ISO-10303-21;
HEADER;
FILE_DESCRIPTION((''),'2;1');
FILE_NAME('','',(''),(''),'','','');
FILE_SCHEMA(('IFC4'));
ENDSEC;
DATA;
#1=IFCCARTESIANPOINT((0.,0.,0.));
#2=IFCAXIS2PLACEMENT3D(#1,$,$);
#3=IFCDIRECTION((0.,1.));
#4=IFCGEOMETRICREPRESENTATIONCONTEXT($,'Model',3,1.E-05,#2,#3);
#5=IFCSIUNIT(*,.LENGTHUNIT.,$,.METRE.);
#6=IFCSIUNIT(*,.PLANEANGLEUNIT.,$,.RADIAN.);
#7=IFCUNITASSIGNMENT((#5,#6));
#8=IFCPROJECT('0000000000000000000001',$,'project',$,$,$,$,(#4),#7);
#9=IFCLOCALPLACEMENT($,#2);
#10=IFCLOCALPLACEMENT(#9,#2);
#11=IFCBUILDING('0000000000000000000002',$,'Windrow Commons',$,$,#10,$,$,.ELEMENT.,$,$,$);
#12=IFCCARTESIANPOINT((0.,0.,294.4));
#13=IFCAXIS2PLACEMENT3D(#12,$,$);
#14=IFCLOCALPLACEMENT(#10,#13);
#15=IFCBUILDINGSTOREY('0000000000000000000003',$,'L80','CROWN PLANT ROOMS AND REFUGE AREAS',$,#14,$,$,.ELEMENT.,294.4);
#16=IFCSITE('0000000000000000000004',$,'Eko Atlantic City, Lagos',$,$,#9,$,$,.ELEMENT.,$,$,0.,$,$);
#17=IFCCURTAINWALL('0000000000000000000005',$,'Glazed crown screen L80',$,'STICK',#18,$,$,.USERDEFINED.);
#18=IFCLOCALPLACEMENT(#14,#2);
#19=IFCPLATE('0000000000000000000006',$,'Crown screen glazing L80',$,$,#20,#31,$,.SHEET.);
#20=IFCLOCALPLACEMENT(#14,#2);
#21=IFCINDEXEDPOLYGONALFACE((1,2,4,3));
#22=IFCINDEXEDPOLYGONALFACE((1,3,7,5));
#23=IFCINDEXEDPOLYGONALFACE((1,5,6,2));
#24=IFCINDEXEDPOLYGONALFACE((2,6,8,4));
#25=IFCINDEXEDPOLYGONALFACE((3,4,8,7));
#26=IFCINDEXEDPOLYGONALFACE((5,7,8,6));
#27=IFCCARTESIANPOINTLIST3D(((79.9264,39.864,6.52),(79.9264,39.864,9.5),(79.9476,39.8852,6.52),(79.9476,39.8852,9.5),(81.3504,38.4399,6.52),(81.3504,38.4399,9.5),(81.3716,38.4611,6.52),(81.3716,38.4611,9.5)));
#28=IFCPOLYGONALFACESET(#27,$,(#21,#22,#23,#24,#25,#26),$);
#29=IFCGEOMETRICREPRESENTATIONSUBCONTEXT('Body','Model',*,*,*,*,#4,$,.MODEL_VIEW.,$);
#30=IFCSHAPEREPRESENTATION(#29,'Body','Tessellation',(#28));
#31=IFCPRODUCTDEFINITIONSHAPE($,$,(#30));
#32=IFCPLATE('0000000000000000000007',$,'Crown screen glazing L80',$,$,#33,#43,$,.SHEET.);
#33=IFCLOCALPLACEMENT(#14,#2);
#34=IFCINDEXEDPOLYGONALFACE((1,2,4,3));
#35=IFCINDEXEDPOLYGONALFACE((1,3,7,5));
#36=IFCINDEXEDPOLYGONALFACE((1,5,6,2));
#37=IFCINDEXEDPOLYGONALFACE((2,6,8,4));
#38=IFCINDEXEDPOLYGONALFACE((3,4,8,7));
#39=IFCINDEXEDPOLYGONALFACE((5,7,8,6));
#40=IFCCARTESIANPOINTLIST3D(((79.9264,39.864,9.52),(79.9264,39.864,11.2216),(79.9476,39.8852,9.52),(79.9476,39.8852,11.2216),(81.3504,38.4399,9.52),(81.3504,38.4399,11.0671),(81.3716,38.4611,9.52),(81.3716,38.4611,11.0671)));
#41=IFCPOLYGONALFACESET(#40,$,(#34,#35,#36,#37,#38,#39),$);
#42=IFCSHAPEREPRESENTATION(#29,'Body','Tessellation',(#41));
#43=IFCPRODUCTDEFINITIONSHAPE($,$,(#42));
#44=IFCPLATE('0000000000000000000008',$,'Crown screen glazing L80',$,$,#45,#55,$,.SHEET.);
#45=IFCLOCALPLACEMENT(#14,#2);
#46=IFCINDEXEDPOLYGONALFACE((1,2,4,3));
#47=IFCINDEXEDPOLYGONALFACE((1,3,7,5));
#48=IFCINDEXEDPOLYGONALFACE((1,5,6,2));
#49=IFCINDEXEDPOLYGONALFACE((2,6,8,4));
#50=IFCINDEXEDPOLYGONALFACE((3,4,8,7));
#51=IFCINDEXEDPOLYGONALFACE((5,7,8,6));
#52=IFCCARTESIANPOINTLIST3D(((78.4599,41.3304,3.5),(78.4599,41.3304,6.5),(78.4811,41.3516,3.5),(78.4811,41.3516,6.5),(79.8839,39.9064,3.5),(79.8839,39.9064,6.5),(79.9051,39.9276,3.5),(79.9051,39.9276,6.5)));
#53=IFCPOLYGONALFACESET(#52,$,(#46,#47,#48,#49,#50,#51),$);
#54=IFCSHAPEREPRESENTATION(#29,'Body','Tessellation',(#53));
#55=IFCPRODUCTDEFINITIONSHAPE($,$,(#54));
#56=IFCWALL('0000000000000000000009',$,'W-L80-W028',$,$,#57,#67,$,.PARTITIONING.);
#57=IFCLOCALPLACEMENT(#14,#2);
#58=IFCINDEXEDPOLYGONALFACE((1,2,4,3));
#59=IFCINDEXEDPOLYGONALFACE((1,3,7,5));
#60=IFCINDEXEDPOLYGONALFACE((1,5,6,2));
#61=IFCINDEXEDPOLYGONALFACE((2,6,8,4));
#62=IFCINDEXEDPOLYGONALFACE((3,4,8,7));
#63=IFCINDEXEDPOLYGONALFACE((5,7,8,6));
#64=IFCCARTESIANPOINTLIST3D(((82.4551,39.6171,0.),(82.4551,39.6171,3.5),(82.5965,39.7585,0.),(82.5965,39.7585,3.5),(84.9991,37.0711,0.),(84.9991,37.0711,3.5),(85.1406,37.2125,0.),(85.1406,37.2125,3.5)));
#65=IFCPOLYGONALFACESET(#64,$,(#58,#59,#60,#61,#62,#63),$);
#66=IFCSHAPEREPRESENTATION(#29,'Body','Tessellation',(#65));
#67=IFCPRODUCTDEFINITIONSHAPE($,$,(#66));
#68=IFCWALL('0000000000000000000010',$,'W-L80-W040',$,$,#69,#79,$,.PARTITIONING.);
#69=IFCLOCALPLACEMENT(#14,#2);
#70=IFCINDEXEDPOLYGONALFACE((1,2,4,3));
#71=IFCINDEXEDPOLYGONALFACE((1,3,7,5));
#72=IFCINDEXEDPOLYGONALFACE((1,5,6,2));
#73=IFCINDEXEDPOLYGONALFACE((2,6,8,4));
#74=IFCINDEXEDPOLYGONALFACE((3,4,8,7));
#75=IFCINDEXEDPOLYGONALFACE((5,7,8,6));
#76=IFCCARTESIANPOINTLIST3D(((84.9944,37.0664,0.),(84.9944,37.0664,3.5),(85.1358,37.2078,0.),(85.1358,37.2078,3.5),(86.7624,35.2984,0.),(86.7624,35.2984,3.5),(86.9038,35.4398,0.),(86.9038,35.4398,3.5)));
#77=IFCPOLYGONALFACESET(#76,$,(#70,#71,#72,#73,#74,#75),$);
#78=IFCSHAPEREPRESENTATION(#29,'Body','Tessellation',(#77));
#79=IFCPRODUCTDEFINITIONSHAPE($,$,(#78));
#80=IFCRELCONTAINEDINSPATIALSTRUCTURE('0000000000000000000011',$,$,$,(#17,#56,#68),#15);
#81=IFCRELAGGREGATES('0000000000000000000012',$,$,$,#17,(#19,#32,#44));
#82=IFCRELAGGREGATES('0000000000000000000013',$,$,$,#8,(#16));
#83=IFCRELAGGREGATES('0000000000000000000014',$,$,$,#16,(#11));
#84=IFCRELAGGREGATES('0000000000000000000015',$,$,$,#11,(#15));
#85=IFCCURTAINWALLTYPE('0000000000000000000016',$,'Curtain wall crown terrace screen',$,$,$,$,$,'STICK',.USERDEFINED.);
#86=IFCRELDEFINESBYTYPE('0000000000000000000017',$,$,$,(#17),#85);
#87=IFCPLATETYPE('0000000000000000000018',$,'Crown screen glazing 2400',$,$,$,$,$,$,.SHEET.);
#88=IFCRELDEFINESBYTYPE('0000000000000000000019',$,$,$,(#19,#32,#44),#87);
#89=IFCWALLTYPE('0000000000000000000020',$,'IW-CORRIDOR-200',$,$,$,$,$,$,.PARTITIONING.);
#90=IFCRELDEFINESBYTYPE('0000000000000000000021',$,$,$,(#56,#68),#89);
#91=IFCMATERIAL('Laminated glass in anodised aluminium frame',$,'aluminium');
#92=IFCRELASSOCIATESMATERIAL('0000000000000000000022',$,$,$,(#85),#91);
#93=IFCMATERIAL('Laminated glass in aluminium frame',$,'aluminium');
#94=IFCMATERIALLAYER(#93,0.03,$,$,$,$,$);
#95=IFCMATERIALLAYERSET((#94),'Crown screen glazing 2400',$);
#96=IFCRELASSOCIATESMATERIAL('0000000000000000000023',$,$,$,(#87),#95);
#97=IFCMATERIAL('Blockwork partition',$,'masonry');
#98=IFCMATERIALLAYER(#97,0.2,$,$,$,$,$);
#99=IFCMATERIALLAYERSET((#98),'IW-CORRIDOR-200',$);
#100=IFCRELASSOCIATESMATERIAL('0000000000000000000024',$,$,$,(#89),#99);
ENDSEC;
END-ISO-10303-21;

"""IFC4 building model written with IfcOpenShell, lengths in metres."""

from ifc_helpers import new_model, si_unit, direction, frame, frame_2d, origin, place, context, subcontext, project, spatial, polyline, rectangle, outline, extrude, material, layer, layer_set, type_object, element, aggregate, save


model = new_model("IFC4")

# Units and contexts
model_context = context("Model", 3, precision=1e-05, world=origin(), true_north=direction((0.0, 1.0)))
body_context = subcontext(model_context, "Body", "Model", "MODEL_VIEW")
ifc_project = project(units=[si_unit("LENGTHUNIT", "METRE"), si_unit("PLANEANGLEUNIT", "RADIAN")], contexts=[model_context])

# Site, building, storey
site_placement = place(None, origin())
site = spatial("IfcSite", under=ifc_project, at=site_placement, Name="Eko Atlantic City, Lagos", CompositionType="ELEMENT", RefElevation=0.0)
building_placement = place(site_placement, origin())
building = spatial("IfcBuilding", under=site, at=building_placement, Name="Windrow Commons", CompositionType="ELEMENT")
storey_placement = place(building_placement, frame((0.0, 0.0, 294.4)))
storey = spatial("IfcBuildingStorey", under=building, at=storey_placement, Name="L80", Description="CROWN PLANT ROOMS AND REFUGE AREAS", CompositionType="ELEMENT", Elevation=294.4)

# Curtain wall, plates
ifc_material_1 = material(Name="Laminated glass in anodised aluminium frame", Category="aluminium")
curtain_wall_type = type_object("IfcCurtainWallType", Name="Curtain wall crown terrace screen", ElementType="STICK", PredefinedType="USERDEFINED", material=ifc_material_1)
curtain_wall_placement = place(storey_placement, origin())
curtain_wall = element("IfcCurtainWall", 1, at=curtain_wall_placement, inside=storey, type_object=curtain_wall_type, Name="Glazed crown screen L80", ObjectType="STICK", PredefinedType="USERDEFINED")
ifc_material_2 = material(Name="Laminated glass in aluminium frame", Category="aluminium")
ifc_layer_1 = layer(ifc_material_2, 0.03)
ifc_layer_set_1 = layer_set([ifc_layer_1], Name="Crown screen glazing 2400")
plate_type = type_object("IfcPlateType", Name="Crown screen glazing 2400", PredefinedType="SHEET", material=ifc_layer_set_1)
plate_1_placement = place(storey_placement, frame((81.3716, 38.4611, 6.52), z_axis=(0.707132, 0.707082, 0.0), x_axis=(-0.707082, 0.707132, 0.0)))
plate_1 = element("IfcPlate", 2, at=plate_1_placement, type_object=plate_type, Name="Crown screen glazing L80", PredefinedType="SHEET", context=body_context, shape_type="SweptSolid", body=[
    extrude(outline(polyline([(0.0, 0.0), (2.0139, 0.0), (2.0139, 2.98), (0.0, 2.98), (0.0, 0.0)])), origin(), (0.0, 0.0, -1.0), 0.03),
])
plate_2_placement = place(storey_placement, frame((81.3716, 38.4611, 9.52), z_axis=(0.707132, 0.707082, 0.0), x_axis=(-0.707082, 0.707132, 0.0)))
plate_2 = element("IfcPlate", 3, at=plate_2_placement, type_object=plate_type, Name="Crown screen glazing L80", PredefinedType="SHEET", context=body_context, shape_type="SweptSolid", body=[
    extrude(outline(polyline([(0.0, 0.0), (2.0139, 0.0), (2.0139, 1.7016), (0.0, 1.5471), (0.0, 0.0)])), origin(), (0.0, 0.0, -1.0), 0.03),
])
plate_3_placement = place(storey_placement, frame((79.9051, 39.9276, 3.5), z_axis=(0.707107, 0.707107, 0.0), x_axis=(-0.707107, 0.707107, 0.0)))
plate_3 = element("IfcPlate", 4, at=plate_3_placement, type_object=plate_type, Name="Crown screen glazing L80", PredefinedType="SHEET", context=body_context, shape_type="SweptSolid", body=[
    extrude(outline(polyline([(0.0, 0.0), (2.0138, 0.0), (2.0138, 3.0), (0.0, 3.0), (0.0, 0.0)])), origin(), (0.0, 0.0, -1.0), 0.03),
])
aggregate(curtain_wall, [plate_1, plate_2, plate_3])

# Walls
ifc_material_3 = material(Name="Blockwork partition", Category="masonry")
ifc_layer_2 = layer(ifc_material_3, 0.2)
ifc_layer_set_2 = layer_set([ifc_layer_2], Name="IW-CORRIDOR-200")
wall_type = type_object("IfcWallType", Name="IW-CORRIDOR-200", PredefinedType="PARTITIONING", material=ifc_layer_set_2)
wall_1_placement = place(storey_placement, frame((82.5258, 39.6878, 0.0), z_axis=(0.0, 0.0, 1.0), x_axis=(0.706829, -0.707385, 0.0)))
element("IfcWall", 5, at=wall_1_placement, inside=storey, type_object=wall_type, Name="W-L80-W028", PredefinedType="PARTITIONING", context=body_context, shape_type="SweptSolid", body=[
    extrude(rectangle(XDim=3.5992, YDim=0.2, at=frame_2d((1.7996, 0.0))), origin(), (0.0, 0.0, 1.0), 3.5),
])
wall_2_placement = place(storey_placement, frame((85.0651, 37.1371, 0.0), z_axis=(0.0, 0.0, 1.0), x_axis=(0.707107, -0.707107, 0.0)))
element("IfcWall", 6, at=wall_2_placement, inside=storey, type_object=wall_type, Name="W-L80-W040", PredefinedType="PARTITIONING", context=body_context, shape_type="SweptSolid", body=[
    extrude(rectangle(XDim=2.5003, YDim=0.2, at=frame_2d((1.2502, 0.0))), origin(), (0.0, 0.0, 1.0), 3.5),
])

save(model, "model.ifc")
